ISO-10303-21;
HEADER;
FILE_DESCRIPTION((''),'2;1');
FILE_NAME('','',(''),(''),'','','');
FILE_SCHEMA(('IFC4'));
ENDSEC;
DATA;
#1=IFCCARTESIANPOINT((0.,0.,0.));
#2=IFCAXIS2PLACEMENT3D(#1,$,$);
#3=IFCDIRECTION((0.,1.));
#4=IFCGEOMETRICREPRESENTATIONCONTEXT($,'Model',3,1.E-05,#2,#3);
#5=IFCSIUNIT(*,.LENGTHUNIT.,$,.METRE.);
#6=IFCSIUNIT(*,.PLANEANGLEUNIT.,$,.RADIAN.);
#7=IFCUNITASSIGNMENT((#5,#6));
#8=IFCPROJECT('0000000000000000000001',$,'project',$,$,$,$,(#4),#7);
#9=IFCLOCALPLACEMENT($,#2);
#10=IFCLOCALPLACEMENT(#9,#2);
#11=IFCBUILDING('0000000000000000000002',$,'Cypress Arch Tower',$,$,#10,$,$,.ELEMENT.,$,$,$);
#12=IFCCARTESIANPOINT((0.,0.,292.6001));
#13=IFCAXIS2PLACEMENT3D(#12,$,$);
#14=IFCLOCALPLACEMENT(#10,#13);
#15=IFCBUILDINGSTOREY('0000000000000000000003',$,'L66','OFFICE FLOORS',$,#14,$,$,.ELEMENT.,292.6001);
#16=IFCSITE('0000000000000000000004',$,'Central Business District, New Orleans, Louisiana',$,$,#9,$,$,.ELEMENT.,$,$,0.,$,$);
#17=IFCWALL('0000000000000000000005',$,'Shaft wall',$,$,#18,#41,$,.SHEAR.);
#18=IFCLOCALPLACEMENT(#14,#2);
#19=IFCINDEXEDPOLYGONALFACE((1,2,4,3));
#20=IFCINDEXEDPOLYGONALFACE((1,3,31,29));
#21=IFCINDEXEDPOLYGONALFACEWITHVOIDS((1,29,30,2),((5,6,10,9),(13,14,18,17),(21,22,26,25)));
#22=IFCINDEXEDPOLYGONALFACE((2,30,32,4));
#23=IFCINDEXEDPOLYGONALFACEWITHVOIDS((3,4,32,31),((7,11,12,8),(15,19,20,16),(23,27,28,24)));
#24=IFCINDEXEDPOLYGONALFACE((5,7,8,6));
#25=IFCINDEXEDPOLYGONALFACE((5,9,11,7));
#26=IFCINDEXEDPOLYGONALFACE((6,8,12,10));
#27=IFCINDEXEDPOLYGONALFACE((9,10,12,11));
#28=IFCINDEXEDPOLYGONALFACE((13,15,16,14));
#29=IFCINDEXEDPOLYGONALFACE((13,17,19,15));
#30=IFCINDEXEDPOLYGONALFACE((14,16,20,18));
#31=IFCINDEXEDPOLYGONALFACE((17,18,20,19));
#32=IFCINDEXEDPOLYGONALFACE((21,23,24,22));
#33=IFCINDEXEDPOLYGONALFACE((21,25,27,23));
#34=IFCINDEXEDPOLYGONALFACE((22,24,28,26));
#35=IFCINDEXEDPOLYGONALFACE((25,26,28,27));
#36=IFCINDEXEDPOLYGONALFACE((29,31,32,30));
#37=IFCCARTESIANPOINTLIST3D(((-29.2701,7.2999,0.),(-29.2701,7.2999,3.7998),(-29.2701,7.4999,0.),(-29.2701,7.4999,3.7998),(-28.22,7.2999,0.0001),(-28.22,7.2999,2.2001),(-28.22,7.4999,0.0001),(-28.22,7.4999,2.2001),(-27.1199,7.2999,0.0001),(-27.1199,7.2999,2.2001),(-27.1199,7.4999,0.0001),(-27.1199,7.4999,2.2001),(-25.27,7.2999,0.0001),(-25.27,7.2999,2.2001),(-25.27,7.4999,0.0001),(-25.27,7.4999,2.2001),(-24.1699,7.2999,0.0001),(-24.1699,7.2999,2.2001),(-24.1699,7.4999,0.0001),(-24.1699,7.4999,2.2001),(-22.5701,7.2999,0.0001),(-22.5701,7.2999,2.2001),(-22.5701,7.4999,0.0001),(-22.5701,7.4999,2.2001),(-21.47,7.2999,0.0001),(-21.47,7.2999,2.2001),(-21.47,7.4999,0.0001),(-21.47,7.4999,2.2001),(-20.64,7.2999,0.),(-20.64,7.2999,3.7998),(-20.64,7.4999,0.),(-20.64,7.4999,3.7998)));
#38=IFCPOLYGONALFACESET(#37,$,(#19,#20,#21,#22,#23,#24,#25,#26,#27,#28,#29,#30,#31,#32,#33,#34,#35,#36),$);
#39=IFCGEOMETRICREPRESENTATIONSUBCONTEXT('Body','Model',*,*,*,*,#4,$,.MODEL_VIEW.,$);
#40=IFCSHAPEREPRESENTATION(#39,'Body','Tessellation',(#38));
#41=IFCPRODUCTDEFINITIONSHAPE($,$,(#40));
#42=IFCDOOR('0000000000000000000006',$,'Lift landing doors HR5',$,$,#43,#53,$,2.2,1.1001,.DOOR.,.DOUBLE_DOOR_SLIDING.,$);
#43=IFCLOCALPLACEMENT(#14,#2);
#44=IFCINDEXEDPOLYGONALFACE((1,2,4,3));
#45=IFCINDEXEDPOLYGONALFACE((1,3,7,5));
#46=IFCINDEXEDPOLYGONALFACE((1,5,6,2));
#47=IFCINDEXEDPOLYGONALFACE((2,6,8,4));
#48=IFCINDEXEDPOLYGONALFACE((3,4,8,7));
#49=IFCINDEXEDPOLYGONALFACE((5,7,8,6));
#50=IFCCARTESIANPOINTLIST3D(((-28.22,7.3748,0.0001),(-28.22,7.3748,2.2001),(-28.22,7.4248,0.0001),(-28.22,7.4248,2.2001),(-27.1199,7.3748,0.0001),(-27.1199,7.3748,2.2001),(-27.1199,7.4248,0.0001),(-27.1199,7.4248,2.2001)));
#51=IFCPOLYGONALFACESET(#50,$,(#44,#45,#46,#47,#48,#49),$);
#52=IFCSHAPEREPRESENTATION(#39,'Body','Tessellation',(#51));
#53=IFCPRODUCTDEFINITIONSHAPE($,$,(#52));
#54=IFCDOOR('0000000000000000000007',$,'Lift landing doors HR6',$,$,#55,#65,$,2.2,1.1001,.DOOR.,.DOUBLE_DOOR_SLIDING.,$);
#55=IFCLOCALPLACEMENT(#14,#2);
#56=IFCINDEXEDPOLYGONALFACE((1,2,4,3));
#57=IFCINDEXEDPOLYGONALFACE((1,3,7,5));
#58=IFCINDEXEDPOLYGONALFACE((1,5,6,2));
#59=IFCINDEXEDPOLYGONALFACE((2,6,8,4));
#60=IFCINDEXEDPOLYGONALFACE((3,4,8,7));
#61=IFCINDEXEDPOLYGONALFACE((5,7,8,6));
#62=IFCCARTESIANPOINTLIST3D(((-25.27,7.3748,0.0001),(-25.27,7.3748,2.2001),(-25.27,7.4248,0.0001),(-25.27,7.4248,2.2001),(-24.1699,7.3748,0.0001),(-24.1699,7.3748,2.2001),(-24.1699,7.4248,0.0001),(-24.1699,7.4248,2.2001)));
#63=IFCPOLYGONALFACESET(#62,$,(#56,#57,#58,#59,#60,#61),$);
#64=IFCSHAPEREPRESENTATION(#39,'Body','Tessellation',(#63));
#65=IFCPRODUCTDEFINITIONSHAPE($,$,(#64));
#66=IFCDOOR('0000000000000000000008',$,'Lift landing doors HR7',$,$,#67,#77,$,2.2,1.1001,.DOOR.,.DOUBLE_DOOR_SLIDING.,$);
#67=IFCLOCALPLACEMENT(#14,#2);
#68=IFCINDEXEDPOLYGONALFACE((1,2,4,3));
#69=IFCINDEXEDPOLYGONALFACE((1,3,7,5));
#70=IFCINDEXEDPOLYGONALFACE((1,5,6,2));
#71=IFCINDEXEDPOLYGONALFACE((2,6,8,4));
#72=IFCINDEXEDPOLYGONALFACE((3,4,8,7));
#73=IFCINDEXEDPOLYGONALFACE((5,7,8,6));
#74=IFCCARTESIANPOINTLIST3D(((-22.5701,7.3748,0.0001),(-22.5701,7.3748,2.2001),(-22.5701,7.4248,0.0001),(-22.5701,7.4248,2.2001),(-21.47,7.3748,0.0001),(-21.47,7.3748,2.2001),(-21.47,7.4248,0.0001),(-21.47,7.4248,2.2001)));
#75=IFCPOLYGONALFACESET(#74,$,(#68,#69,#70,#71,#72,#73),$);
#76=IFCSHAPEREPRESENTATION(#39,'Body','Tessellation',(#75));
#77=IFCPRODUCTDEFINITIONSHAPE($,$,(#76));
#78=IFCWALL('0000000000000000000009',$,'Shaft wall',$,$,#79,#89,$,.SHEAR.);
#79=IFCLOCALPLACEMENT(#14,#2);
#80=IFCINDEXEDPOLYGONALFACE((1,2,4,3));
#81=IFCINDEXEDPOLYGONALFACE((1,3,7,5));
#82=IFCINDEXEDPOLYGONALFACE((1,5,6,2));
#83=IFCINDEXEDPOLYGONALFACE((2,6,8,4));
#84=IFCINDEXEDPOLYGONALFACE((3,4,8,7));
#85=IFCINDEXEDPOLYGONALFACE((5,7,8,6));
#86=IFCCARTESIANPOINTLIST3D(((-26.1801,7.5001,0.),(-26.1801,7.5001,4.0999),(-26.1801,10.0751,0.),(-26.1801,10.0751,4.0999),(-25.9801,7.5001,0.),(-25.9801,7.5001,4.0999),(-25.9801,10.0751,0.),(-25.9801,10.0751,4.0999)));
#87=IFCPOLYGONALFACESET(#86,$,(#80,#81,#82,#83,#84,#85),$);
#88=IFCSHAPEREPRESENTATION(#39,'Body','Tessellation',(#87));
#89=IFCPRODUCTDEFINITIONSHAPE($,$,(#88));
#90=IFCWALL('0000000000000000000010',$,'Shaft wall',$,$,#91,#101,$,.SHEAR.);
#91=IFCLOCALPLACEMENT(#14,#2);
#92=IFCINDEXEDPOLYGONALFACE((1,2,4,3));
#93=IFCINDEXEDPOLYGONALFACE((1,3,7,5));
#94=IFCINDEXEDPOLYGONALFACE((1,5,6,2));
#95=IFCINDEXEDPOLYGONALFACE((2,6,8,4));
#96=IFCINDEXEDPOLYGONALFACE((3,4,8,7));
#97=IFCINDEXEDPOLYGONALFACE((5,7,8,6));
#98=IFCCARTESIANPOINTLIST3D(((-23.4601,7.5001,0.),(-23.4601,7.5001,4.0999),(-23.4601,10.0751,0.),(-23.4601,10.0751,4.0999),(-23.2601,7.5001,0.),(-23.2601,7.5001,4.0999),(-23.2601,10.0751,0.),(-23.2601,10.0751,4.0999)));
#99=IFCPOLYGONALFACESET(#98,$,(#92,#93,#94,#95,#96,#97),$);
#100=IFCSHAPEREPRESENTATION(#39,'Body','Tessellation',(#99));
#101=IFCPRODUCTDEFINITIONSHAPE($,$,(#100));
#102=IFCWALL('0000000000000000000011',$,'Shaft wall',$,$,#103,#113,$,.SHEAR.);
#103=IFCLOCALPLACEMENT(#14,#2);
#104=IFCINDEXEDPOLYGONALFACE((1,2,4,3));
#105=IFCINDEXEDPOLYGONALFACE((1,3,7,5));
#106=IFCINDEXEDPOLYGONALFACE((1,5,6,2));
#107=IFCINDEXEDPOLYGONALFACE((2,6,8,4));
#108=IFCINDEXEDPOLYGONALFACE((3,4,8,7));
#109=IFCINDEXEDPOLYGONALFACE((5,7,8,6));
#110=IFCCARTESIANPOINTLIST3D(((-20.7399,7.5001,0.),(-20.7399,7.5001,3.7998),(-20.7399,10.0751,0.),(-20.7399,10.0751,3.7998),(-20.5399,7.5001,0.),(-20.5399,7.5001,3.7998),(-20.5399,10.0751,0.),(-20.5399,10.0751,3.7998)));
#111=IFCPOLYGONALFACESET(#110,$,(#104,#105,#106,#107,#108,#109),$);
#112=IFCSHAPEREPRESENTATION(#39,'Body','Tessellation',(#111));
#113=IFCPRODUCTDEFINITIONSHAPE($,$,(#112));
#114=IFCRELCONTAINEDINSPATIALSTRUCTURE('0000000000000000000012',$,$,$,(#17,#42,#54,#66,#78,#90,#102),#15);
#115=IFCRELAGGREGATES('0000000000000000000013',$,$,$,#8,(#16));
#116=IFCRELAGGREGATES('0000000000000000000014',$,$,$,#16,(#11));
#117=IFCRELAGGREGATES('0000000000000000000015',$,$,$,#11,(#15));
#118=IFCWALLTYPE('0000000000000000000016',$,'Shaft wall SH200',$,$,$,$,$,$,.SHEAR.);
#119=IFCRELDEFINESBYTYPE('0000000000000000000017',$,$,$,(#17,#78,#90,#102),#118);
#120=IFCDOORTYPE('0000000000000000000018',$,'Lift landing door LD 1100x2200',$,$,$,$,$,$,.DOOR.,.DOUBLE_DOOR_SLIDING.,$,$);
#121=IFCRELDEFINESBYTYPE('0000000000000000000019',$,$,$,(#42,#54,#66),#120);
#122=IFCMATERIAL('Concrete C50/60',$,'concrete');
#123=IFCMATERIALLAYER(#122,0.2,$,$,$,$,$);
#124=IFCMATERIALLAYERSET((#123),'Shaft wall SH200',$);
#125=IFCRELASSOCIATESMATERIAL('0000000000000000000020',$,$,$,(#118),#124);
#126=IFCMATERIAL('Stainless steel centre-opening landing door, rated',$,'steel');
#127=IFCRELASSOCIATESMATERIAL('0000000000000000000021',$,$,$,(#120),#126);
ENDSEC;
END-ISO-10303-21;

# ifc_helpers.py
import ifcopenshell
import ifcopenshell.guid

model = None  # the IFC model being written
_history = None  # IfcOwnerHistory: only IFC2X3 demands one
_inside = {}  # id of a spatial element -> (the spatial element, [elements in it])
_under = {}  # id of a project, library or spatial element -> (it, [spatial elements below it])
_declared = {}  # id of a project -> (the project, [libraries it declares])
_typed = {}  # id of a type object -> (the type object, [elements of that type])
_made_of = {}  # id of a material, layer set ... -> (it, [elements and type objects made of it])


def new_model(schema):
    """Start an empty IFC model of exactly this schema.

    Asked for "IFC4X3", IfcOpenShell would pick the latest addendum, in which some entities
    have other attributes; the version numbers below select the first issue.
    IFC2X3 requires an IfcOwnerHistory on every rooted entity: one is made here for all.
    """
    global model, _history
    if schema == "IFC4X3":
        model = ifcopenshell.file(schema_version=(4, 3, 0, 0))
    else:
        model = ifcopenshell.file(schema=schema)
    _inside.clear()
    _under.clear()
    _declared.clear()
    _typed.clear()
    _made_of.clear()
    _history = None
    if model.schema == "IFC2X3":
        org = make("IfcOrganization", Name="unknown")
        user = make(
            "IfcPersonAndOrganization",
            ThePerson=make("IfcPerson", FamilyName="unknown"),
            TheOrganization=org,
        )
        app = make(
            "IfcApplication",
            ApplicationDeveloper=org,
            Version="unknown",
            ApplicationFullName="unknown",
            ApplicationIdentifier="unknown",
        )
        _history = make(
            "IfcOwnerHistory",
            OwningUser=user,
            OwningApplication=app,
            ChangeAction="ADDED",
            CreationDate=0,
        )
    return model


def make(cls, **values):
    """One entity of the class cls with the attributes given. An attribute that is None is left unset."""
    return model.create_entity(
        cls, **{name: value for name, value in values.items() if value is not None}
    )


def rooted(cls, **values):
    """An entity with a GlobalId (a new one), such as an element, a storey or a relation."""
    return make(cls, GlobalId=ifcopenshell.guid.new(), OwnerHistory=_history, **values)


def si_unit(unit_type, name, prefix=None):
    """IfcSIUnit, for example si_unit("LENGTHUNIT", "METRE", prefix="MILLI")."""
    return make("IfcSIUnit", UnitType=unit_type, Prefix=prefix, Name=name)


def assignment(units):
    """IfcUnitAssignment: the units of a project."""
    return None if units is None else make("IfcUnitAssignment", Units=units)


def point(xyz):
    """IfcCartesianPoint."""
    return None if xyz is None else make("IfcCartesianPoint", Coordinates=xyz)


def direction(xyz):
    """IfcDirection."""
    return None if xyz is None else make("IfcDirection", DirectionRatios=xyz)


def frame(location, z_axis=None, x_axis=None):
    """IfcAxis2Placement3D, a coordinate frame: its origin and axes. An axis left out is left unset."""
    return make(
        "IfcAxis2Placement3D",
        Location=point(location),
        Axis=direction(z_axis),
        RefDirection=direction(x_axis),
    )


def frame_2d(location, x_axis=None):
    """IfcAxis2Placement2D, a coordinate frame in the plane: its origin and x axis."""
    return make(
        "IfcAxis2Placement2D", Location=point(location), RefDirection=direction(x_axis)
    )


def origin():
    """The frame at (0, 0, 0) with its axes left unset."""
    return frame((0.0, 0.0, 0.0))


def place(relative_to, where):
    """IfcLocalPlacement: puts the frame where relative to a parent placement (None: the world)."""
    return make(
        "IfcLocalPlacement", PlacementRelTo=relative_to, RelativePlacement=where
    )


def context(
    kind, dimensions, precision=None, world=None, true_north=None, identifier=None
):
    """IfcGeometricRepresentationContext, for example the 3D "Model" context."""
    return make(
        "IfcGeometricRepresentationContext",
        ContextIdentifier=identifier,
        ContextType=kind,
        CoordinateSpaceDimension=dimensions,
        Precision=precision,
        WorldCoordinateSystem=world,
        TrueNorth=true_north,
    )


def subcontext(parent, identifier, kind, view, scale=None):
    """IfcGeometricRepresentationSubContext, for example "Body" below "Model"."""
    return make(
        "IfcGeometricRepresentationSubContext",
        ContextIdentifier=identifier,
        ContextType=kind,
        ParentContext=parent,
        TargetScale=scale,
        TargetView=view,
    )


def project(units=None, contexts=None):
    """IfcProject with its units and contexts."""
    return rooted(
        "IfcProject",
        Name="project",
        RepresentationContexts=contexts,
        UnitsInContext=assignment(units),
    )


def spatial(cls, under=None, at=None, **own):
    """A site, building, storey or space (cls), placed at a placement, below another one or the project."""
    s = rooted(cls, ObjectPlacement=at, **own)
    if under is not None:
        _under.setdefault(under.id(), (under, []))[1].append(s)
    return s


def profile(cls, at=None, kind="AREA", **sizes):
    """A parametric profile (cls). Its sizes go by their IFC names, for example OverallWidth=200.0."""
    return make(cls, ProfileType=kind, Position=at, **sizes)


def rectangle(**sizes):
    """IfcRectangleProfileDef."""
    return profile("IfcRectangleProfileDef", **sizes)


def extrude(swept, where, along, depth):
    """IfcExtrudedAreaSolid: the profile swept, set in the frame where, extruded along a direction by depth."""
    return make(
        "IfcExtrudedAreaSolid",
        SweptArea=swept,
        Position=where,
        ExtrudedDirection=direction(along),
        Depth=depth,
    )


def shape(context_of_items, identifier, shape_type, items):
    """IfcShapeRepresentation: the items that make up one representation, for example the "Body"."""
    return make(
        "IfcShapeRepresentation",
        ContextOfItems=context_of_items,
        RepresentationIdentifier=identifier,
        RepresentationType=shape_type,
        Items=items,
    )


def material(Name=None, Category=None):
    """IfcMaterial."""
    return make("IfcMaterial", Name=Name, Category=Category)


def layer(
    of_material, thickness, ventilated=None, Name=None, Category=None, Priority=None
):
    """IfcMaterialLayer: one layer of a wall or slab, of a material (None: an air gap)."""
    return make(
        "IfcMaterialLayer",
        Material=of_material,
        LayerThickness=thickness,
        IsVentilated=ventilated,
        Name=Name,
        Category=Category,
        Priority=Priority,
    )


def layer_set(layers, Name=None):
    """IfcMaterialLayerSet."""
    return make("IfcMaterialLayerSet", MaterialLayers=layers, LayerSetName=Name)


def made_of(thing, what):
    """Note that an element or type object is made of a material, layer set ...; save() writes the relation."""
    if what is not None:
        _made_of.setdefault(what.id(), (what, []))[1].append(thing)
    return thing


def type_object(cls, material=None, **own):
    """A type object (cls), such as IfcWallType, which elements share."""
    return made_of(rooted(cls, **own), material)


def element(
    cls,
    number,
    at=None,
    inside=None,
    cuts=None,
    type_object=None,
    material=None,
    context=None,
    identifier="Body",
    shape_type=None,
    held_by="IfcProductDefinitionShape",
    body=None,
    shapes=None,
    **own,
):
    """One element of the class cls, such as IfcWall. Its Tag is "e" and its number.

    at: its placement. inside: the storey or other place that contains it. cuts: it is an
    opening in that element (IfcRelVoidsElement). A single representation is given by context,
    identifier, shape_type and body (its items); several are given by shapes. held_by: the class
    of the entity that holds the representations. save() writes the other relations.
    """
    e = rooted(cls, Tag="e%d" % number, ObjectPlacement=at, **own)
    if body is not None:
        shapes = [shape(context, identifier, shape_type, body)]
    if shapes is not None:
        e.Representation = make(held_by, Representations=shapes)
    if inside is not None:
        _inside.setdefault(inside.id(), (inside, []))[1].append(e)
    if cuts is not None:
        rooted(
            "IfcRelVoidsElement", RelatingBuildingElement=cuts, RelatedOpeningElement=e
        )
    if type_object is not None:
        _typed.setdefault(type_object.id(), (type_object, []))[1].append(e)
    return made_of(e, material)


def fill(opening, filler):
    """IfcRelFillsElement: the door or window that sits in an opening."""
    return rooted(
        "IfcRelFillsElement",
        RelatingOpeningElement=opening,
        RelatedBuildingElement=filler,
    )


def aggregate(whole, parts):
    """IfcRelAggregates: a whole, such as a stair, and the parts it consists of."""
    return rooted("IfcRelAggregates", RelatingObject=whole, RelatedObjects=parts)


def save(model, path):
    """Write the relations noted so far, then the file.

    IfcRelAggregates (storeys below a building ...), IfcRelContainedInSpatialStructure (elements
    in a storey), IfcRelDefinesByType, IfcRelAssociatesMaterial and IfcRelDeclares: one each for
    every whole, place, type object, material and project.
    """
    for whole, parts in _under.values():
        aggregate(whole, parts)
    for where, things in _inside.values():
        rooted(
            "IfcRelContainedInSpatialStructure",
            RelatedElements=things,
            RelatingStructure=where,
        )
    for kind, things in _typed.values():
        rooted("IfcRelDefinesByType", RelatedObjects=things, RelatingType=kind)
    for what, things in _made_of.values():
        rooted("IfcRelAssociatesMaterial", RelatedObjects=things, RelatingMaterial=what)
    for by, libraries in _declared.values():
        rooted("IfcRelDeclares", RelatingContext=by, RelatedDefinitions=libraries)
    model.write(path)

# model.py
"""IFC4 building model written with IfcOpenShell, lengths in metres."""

from ifc_helpers import new_model, si_unit, direction, frame, frame_2d, origin, place, context, subcontext, project, spatial, rectangle, extrude, material, layer, layer_set, type_object, element, fill, save


model = new_model("IFC4")

# Units and contexts
model_context = context("Model", 3, precision=1e-05, world=origin(), true_north=direction((0.0, 1.0)))
body_context = subcontext(model_context, "Body", "Model", "MODEL_VIEW")
ifc_project = project(units=[si_unit("LENGTHUNIT", "METRE"), si_unit("PLANEANGLEUNIT", "RADIAN")], contexts=[model_context])

# Site, building, storey
site_placement = place(None, origin())
site = spatial("IfcSite", under=ifc_project, at=site_placement, Name="Central Business District, New Orleans, Louisiana", CompositionType="ELEMENT", RefElevation=0.0)
building_placement = place(site_placement, origin())
building = spatial("IfcBuilding", under=site, at=building_placement, Name="Cypress Arch Tower", CompositionType="ELEMENT")
storey_placement = place(building_placement, frame((0.0, 0.0, 292.6001)))
storey = spatial("IfcBuildingStorey", under=building, at=storey_placement, Name="L66", Description="OFFICE FLOORS", CompositionType="ELEMENT", Elevation=292.6001)

# Wall, openings, doors
ifc_material_1 = material(Name="Concrete C50/60", Category="concrete")
ifc_layer_1 = layer(ifc_material_1, 0.2)
ifc_layer_set_1 = layer_set([ifc_layer_1], Name="Shaft wall SH200")
wall_type_1 = type_object("IfcWallType", Name="Shaft wall SH200", PredefinedType="SHEAR", material=ifc_layer_set_1)
wall_1_placement = place(storey_placement, frame((-29.27, 7.3999, 0.0), z_axis=(0.0, 0.0, 1.0), x_axis=(1.0, 0.0, 0.0)))
wall_1 = element("IfcWall", 1, at=wall_1_placement, inside=storey, type_object=wall_type_1, Name="Shaft wall", PredefinedType="SHEAR", context=body_context, shape_type="SweptSolid", body=[
    extrude(rectangle(XDim=8.6301, YDim=0.2, at=frame_2d((4.3149, 0.0))), origin(), (0.0, 0.0, 1.0), 3.7998),
])
opening_1_placement = place(wall_1_placement, frame((1.05, 0.0, 0.0)))
opening_1 = element("IfcOpeningElement", 2, at=opening_1_placement, cuts=wall_1, PredefinedType="OPENING", context=body_context, shape_type="SweptSolid", body=[
    extrude(rectangle(XDim=1.1001, YDim=2.2, at=frame_2d((0.55, 1.1001))), frame((0.0, 0.1099, 0.0), z_axis=(0.0, -1.0, 0.0), x_axis=(1.0, 0.0, 0.0)), (0.0, 0.0, 1.0), 0.22),
])
opening_2_placement = place(wall_1_placement, frame((4.0, 0.0, 0.0)))
opening_2 = element("IfcOpeningElement", 3, at=opening_2_placement, cuts=wall_1, PredefinedType="OPENING", context=body_context, shape_type="SweptSolid", body=[
    extrude(rectangle(XDim=1.1001, YDim=2.2, at=frame_2d((0.55, 1.1001))), frame((0.0, 0.1099, 0.0), z_axis=(0.0, -1.0, 0.0), x_axis=(1.0, 0.0, 0.0)), (0.0, 0.0, 1.0), 0.22),
])
opening_3_placement = place(wall_1_placement, frame((6.7, 0.0, 0.0)))
opening_3 = element("IfcOpeningElement", 4, at=opening_3_placement, cuts=wall_1, PredefinedType="OPENING", context=body_context, shape_type="SweptSolid", body=[
    extrude(rectangle(XDim=1.1001, YDim=2.2, at=frame_2d((0.55, 1.1001))), frame((0.0, 0.1099, 0.0), z_axis=(0.0, -1.0, 0.0), x_axis=(1.0, 0.0, 0.0)), (0.0, 0.0, 1.0), 0.22),
])
ifc_material_2 = material(Name="Stainless steel centre-opening landing door, rated", Category="steel")
door_type_1 = type_object("IfcDoorType", Name="Lift landing door LD 1100x2200", OperationType="DOUBLE_DOOR_SLIDING", PredefinedType="DOOR", material=ifc_material_2)
door_1_placement = place(opening_1_placement, origin())
door_1 = element("IfcDoor", 5, at=door_1_placement, inside=storey, type_object=door_type_1, Name="Lift landing doors HR5", OperationType="DOUBLE_DOOR_SLIDING", OverallHeight=2.2, OverallWidth=1.1001, PredefinedType="DOOR", context=body_context, shape_type="SweptSolid", body=[
    extrude(rectangle(XDim=1.1001, YDim=2.2, at=frame_2d((0.55, 1.1001))), frame((0.0, 0.0249, 0.0), z_axis=(0.0, -1.0, 0.0), x_axis=(1.0, 0.0, 0.0)), (0.0, 0.0, 1.0), 0.05),
])
fill(opening_1, door_1)
door_2_placement = place(opening_2_placement, origin())
door_2 = element("IfcDoor", 6, at=door_2_placement, inside=storey, type_object=door_type_1, Name="Lift landing doors HR6", OperationType="DOUBLE_DOOR_SLIDING", OverallHeight=2.2, OverallWidth=1.1001, PredefinedType="DOOR", context=body_context, shape_type="SweptSolid", body=[
    extrude(rectangle(XDim=1.1001, YDim=2.2, at=frame_2d((0.55, 1.1001))), frame((0.0, 0.0249, 0.0), z_axis=(0.0, -1.0, 0.0), x_axis=(1.0, 0.0, 0.0)), (0.0, 0.0, 1.0), 0.05),
])
fill(opening_2, door_2)
door_3_placement = place(opening_3_placement, origin())
door_3 = element("IfcDoor", 7, at=door_3_placement, inside=storey, type_object=door_type_1, Name="Lift landing doors HR7", OperationType="DOUBLE_DOOR_SLIDING", OverallHeight=2.2, OverallWidth=1.1001, PredefinedType="DOOR", context=body_context, shape_type="SweptSolid", body=[
    extrude(rectangle(XDim=1.1001, YDim=2.2, at=frame_2d((0.55, 1.1001))), frame((0.0, 0.0249, 0.0), z_axis=(0.0, -1.0, 0.0), x_axis=(1.0, 0.0, 0.0)), (0.0, 0.0, 1.0), 0.05),
])
fill(opening_3, door_3)

# Walls
for number, where, z_axis, x_axis, name in (
    (8, (-26.0801, 7.5, 0.0), (0.0, 0.0, 1.0), (0.0, 1.0, 0.0), "Shaft wall"),
    (9, (-23.3601, 7.5, 0.0), (0.0, 0.0, 1.0), (0.0, 1.0, 0.0), "Shaft wall"),
):
    element("IfcWall", number, at=place(storey_placement, frame(where, z_axis=z_axis, x_axis=x_axis)), inside=storey, type_object=wall_type_1, Name=name, PredefinedType="SHEAR", context=body_context, shape_type="SweptSolid", body=[
        extrude(rectangle(XDim=2.575, YDim=0.2, at=frame_2d((1.2876, 0.0))), origin(), (0.0, 0.0, 1.0), 4.0999),
    ])
wall_2_placement = place(storey_placement, frame((-20.6399, 7.5, 0.0), z_axis=(0.0, 0.0, 1.0), x_axis=(0.0, 1.0, 0.0)))
element("IfcWall", 10, at=wall_2_placement, inside=storey, type_object=wall_type_1, Name="Shaft wall", PredefinedType="SHEAR", context=body_context, shape_type="SweptSolid", body=[
    extrude(rectangle(XDim=2.575, YDim=0.2, at=frame_2d((1.2876, 0.0))), origin(), (0.0, 0.0, 1.0), 3.7998),
])

save(model, "model.ifc")
